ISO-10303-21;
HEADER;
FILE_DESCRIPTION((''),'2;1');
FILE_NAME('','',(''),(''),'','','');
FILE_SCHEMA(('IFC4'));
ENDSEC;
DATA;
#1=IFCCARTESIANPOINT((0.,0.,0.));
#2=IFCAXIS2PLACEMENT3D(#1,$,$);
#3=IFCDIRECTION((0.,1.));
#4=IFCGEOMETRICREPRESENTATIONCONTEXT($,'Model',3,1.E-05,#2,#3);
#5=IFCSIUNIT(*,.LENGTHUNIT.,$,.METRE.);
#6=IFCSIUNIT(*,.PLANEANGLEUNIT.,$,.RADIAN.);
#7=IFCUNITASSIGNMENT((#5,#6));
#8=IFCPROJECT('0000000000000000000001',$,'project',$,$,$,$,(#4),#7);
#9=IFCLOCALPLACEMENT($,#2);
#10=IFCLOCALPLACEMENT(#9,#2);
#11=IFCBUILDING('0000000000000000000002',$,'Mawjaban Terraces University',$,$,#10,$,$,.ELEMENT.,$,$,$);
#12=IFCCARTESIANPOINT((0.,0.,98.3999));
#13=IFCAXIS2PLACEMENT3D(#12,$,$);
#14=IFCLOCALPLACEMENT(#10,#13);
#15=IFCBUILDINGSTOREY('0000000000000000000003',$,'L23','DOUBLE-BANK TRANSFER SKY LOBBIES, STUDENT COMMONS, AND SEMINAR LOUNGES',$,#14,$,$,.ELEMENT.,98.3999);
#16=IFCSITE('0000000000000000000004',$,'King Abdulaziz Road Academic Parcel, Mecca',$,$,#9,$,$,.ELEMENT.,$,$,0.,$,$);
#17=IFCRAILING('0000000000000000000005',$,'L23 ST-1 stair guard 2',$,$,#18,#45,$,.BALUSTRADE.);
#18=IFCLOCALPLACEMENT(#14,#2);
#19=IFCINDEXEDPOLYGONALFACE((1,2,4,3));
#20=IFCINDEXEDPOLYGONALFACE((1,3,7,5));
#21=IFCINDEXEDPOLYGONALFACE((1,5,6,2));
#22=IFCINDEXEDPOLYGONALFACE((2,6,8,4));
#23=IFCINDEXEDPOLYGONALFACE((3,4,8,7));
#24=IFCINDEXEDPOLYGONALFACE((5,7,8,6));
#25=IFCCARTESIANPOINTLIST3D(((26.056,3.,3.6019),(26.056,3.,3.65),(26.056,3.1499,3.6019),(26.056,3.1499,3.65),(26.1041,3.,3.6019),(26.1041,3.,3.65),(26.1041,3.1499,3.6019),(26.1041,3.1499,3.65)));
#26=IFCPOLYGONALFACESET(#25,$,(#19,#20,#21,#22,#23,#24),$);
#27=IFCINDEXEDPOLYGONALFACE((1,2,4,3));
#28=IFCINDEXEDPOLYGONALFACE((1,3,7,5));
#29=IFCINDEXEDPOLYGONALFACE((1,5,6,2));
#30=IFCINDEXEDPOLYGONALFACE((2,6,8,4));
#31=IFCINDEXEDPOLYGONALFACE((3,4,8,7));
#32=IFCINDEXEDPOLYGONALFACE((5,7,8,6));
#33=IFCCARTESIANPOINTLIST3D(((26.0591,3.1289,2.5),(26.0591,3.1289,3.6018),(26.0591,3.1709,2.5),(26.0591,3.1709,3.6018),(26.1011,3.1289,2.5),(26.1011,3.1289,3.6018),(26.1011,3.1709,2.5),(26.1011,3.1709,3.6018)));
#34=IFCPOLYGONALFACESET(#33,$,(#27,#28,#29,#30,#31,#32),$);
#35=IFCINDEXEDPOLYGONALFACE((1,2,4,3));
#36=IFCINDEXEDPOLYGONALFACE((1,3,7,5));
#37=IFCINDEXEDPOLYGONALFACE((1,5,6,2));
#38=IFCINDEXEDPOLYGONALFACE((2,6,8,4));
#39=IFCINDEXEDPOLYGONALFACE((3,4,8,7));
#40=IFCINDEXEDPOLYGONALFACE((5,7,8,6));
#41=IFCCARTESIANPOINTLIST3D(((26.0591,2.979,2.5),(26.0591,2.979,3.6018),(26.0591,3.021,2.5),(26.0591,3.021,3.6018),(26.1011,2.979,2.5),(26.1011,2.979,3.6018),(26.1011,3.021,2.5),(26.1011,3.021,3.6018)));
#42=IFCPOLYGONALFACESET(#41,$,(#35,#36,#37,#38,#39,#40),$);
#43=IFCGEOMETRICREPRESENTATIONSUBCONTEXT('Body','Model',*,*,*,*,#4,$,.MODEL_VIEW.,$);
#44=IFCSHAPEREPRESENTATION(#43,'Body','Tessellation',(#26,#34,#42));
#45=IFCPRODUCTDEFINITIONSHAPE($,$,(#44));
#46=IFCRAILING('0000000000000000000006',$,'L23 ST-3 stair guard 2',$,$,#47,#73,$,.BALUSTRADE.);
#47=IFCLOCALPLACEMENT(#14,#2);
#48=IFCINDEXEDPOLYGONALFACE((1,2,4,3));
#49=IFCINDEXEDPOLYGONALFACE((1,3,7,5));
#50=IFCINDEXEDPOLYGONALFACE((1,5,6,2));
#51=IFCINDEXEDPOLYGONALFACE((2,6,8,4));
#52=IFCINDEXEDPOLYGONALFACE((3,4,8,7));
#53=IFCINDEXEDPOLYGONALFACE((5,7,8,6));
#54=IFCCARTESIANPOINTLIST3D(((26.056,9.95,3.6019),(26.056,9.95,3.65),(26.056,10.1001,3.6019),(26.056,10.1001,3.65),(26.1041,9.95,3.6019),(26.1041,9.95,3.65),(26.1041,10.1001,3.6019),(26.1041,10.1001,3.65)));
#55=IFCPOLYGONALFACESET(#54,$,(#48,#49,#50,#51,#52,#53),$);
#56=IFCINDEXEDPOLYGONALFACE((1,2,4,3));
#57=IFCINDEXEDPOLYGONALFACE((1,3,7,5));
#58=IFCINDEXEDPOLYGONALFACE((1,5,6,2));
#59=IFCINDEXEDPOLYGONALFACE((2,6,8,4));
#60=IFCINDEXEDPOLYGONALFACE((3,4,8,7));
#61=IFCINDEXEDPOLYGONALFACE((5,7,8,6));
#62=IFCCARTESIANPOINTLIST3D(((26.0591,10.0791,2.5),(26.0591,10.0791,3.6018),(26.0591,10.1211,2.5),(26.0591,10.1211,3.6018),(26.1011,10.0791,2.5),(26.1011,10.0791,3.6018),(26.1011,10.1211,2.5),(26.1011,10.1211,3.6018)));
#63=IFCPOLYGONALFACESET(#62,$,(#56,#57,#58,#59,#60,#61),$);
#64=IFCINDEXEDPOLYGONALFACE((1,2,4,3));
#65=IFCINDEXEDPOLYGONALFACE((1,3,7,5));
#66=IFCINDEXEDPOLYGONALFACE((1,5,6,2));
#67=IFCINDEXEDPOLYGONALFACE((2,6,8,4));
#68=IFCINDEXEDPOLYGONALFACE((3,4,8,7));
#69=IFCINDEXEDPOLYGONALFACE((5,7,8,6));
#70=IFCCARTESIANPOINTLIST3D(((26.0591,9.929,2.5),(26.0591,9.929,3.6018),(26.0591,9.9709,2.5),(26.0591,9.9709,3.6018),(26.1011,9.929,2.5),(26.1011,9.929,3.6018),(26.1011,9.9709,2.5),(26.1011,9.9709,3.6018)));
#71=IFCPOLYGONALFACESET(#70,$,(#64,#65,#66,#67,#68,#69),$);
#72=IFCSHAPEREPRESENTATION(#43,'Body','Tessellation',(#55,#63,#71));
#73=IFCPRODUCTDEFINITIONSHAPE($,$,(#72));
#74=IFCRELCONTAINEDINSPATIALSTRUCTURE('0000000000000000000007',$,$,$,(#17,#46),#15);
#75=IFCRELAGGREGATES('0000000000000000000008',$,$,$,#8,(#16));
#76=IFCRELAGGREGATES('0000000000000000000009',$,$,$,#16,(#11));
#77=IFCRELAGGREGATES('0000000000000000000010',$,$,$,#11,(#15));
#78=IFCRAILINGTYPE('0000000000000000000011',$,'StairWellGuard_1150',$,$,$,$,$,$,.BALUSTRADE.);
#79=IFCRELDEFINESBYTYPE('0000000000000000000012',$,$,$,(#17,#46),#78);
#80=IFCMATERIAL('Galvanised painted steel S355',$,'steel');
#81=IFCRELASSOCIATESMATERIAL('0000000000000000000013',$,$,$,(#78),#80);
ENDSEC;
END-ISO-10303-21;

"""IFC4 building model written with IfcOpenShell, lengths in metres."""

from ifc_helpers import new_model, si_unit, direction, frame, origin, origin_2d, place, context, subcontext, project, spatial, rectangle, extrude, material, type_object, element, save


model = new_model("IFC4")

# Units and contexts
model_context = context("Model", 3, precision=1e-05, world=origin(), true_north=direction((0.0, 1.0)))
body_context = subcontext(model_context, "Body", "Model", "MODEL_VIEW")
ifc_project = project(units=[si_unit("LENGTHUNIT", "METRE"), si_unit("PLANEANGLEUNIT", "RADIAN")], contexts=[model_context])

# Site, building, storey
site_placement = place(None, origin())
site = spatial("IfcSite", under=ifc_project, at=site_placement, Name="King Abdulaziz Road Academic Parcel, Mecca", CompositionType="ELEMENT", RefElevation=0.0)
building_placement = place(site_placement, origin())
building = spatial("IfcBuilding", under=site, at=building_placement, Name="Mawjaban Terraces University", CompositionType="ELEMENT")
storey_placement = place(building_placement, frame((0.0, 0.0, 98.3999)))
storey = spatial("IfcBuildingStorey", under=building, at=storey_placement, Name="L23", Description="DOUBLE-BANK TRANSFER SKY LOBBIES, STUDENT COMMONS, AND SEMINAR LOUNGES", CompositionType="ELEMENT", Elevation=98.3999)

# Railings
ifc_material_1 = material(Name="Galvanised painted steel S355", Category="steel")
railing_type = type_object("IfcRailingType", Name="StairWellGuard_1150", PredefinedType="BALUSTRADE", material=ifc_material_1)
railing_1_placement = place(storey_placement, frame((26.0801, 3.1499, 2.5)))
element("IfcRailing", 1, at=railing_1_placement, inside=storey, type_object=railing_type, Name="L23 ST-1 stair guard 2", PredefinedType="BALUSTRADE", context=body_context, shape_type="SweptSolid", body=[
    extrude(rectangle(XDim=0.0481, YDim=0.0481, at=origin_2d()), frame((0.0, 0.0, 1.126), z_axis=(0.0, -1.0, 0.0), x_axis=(1.0, 0.0, 0.0)), (0.0, 0.0, 1.0), 0.1499),
    extrude(rectangle(XDim=0.042, YDim=0.042, at=origin_2d()), origin(), (0.0, 0.0, 1.0), 1.1018),
    extrude(rectangle(XDim=0.042, YDim=0.042, at=origin_2d()), frame((0.0, -0.1499, 0.0)), (0.0, 0.0, 1.0), 1.1018),
])
railing_2_placement = place(storey_placement, frame((26.0801, 10.1001, 2.5)))
element("IfcRailing", 2, at=railing_2_placement, inside=storey, type_object=railing_type, Name="L23 ST-3 stair guard 2", PredefinedType="BALUSTRADE", context=body_context, shape_type="SweptSolid", body=[
    extrude(rectangle(XDim=0.0481, YDim=0.0481, at=origin_2d()), frame((0.0, 0.0, 1.126), z_axis=(0.0, -1.0, 0.0), x_axis=(1.0, 0.0, 0.0)), (0.0, 0.0, 1.0), 0.1501),
    extrude(rectangle(XDim=0.042, YDim=0.042, at=origin_2d()), origin(), (0.0, 0.0, 1.0), 1.1018),
    extrude(rectangle(XDim=0.042, YDim=0.042, at=origin_2d()), frame((0.0, -0.1501, 0.0)), (0.0, 0.0, 1.0), 1.1018),
])

save(model, "model.ifc")
